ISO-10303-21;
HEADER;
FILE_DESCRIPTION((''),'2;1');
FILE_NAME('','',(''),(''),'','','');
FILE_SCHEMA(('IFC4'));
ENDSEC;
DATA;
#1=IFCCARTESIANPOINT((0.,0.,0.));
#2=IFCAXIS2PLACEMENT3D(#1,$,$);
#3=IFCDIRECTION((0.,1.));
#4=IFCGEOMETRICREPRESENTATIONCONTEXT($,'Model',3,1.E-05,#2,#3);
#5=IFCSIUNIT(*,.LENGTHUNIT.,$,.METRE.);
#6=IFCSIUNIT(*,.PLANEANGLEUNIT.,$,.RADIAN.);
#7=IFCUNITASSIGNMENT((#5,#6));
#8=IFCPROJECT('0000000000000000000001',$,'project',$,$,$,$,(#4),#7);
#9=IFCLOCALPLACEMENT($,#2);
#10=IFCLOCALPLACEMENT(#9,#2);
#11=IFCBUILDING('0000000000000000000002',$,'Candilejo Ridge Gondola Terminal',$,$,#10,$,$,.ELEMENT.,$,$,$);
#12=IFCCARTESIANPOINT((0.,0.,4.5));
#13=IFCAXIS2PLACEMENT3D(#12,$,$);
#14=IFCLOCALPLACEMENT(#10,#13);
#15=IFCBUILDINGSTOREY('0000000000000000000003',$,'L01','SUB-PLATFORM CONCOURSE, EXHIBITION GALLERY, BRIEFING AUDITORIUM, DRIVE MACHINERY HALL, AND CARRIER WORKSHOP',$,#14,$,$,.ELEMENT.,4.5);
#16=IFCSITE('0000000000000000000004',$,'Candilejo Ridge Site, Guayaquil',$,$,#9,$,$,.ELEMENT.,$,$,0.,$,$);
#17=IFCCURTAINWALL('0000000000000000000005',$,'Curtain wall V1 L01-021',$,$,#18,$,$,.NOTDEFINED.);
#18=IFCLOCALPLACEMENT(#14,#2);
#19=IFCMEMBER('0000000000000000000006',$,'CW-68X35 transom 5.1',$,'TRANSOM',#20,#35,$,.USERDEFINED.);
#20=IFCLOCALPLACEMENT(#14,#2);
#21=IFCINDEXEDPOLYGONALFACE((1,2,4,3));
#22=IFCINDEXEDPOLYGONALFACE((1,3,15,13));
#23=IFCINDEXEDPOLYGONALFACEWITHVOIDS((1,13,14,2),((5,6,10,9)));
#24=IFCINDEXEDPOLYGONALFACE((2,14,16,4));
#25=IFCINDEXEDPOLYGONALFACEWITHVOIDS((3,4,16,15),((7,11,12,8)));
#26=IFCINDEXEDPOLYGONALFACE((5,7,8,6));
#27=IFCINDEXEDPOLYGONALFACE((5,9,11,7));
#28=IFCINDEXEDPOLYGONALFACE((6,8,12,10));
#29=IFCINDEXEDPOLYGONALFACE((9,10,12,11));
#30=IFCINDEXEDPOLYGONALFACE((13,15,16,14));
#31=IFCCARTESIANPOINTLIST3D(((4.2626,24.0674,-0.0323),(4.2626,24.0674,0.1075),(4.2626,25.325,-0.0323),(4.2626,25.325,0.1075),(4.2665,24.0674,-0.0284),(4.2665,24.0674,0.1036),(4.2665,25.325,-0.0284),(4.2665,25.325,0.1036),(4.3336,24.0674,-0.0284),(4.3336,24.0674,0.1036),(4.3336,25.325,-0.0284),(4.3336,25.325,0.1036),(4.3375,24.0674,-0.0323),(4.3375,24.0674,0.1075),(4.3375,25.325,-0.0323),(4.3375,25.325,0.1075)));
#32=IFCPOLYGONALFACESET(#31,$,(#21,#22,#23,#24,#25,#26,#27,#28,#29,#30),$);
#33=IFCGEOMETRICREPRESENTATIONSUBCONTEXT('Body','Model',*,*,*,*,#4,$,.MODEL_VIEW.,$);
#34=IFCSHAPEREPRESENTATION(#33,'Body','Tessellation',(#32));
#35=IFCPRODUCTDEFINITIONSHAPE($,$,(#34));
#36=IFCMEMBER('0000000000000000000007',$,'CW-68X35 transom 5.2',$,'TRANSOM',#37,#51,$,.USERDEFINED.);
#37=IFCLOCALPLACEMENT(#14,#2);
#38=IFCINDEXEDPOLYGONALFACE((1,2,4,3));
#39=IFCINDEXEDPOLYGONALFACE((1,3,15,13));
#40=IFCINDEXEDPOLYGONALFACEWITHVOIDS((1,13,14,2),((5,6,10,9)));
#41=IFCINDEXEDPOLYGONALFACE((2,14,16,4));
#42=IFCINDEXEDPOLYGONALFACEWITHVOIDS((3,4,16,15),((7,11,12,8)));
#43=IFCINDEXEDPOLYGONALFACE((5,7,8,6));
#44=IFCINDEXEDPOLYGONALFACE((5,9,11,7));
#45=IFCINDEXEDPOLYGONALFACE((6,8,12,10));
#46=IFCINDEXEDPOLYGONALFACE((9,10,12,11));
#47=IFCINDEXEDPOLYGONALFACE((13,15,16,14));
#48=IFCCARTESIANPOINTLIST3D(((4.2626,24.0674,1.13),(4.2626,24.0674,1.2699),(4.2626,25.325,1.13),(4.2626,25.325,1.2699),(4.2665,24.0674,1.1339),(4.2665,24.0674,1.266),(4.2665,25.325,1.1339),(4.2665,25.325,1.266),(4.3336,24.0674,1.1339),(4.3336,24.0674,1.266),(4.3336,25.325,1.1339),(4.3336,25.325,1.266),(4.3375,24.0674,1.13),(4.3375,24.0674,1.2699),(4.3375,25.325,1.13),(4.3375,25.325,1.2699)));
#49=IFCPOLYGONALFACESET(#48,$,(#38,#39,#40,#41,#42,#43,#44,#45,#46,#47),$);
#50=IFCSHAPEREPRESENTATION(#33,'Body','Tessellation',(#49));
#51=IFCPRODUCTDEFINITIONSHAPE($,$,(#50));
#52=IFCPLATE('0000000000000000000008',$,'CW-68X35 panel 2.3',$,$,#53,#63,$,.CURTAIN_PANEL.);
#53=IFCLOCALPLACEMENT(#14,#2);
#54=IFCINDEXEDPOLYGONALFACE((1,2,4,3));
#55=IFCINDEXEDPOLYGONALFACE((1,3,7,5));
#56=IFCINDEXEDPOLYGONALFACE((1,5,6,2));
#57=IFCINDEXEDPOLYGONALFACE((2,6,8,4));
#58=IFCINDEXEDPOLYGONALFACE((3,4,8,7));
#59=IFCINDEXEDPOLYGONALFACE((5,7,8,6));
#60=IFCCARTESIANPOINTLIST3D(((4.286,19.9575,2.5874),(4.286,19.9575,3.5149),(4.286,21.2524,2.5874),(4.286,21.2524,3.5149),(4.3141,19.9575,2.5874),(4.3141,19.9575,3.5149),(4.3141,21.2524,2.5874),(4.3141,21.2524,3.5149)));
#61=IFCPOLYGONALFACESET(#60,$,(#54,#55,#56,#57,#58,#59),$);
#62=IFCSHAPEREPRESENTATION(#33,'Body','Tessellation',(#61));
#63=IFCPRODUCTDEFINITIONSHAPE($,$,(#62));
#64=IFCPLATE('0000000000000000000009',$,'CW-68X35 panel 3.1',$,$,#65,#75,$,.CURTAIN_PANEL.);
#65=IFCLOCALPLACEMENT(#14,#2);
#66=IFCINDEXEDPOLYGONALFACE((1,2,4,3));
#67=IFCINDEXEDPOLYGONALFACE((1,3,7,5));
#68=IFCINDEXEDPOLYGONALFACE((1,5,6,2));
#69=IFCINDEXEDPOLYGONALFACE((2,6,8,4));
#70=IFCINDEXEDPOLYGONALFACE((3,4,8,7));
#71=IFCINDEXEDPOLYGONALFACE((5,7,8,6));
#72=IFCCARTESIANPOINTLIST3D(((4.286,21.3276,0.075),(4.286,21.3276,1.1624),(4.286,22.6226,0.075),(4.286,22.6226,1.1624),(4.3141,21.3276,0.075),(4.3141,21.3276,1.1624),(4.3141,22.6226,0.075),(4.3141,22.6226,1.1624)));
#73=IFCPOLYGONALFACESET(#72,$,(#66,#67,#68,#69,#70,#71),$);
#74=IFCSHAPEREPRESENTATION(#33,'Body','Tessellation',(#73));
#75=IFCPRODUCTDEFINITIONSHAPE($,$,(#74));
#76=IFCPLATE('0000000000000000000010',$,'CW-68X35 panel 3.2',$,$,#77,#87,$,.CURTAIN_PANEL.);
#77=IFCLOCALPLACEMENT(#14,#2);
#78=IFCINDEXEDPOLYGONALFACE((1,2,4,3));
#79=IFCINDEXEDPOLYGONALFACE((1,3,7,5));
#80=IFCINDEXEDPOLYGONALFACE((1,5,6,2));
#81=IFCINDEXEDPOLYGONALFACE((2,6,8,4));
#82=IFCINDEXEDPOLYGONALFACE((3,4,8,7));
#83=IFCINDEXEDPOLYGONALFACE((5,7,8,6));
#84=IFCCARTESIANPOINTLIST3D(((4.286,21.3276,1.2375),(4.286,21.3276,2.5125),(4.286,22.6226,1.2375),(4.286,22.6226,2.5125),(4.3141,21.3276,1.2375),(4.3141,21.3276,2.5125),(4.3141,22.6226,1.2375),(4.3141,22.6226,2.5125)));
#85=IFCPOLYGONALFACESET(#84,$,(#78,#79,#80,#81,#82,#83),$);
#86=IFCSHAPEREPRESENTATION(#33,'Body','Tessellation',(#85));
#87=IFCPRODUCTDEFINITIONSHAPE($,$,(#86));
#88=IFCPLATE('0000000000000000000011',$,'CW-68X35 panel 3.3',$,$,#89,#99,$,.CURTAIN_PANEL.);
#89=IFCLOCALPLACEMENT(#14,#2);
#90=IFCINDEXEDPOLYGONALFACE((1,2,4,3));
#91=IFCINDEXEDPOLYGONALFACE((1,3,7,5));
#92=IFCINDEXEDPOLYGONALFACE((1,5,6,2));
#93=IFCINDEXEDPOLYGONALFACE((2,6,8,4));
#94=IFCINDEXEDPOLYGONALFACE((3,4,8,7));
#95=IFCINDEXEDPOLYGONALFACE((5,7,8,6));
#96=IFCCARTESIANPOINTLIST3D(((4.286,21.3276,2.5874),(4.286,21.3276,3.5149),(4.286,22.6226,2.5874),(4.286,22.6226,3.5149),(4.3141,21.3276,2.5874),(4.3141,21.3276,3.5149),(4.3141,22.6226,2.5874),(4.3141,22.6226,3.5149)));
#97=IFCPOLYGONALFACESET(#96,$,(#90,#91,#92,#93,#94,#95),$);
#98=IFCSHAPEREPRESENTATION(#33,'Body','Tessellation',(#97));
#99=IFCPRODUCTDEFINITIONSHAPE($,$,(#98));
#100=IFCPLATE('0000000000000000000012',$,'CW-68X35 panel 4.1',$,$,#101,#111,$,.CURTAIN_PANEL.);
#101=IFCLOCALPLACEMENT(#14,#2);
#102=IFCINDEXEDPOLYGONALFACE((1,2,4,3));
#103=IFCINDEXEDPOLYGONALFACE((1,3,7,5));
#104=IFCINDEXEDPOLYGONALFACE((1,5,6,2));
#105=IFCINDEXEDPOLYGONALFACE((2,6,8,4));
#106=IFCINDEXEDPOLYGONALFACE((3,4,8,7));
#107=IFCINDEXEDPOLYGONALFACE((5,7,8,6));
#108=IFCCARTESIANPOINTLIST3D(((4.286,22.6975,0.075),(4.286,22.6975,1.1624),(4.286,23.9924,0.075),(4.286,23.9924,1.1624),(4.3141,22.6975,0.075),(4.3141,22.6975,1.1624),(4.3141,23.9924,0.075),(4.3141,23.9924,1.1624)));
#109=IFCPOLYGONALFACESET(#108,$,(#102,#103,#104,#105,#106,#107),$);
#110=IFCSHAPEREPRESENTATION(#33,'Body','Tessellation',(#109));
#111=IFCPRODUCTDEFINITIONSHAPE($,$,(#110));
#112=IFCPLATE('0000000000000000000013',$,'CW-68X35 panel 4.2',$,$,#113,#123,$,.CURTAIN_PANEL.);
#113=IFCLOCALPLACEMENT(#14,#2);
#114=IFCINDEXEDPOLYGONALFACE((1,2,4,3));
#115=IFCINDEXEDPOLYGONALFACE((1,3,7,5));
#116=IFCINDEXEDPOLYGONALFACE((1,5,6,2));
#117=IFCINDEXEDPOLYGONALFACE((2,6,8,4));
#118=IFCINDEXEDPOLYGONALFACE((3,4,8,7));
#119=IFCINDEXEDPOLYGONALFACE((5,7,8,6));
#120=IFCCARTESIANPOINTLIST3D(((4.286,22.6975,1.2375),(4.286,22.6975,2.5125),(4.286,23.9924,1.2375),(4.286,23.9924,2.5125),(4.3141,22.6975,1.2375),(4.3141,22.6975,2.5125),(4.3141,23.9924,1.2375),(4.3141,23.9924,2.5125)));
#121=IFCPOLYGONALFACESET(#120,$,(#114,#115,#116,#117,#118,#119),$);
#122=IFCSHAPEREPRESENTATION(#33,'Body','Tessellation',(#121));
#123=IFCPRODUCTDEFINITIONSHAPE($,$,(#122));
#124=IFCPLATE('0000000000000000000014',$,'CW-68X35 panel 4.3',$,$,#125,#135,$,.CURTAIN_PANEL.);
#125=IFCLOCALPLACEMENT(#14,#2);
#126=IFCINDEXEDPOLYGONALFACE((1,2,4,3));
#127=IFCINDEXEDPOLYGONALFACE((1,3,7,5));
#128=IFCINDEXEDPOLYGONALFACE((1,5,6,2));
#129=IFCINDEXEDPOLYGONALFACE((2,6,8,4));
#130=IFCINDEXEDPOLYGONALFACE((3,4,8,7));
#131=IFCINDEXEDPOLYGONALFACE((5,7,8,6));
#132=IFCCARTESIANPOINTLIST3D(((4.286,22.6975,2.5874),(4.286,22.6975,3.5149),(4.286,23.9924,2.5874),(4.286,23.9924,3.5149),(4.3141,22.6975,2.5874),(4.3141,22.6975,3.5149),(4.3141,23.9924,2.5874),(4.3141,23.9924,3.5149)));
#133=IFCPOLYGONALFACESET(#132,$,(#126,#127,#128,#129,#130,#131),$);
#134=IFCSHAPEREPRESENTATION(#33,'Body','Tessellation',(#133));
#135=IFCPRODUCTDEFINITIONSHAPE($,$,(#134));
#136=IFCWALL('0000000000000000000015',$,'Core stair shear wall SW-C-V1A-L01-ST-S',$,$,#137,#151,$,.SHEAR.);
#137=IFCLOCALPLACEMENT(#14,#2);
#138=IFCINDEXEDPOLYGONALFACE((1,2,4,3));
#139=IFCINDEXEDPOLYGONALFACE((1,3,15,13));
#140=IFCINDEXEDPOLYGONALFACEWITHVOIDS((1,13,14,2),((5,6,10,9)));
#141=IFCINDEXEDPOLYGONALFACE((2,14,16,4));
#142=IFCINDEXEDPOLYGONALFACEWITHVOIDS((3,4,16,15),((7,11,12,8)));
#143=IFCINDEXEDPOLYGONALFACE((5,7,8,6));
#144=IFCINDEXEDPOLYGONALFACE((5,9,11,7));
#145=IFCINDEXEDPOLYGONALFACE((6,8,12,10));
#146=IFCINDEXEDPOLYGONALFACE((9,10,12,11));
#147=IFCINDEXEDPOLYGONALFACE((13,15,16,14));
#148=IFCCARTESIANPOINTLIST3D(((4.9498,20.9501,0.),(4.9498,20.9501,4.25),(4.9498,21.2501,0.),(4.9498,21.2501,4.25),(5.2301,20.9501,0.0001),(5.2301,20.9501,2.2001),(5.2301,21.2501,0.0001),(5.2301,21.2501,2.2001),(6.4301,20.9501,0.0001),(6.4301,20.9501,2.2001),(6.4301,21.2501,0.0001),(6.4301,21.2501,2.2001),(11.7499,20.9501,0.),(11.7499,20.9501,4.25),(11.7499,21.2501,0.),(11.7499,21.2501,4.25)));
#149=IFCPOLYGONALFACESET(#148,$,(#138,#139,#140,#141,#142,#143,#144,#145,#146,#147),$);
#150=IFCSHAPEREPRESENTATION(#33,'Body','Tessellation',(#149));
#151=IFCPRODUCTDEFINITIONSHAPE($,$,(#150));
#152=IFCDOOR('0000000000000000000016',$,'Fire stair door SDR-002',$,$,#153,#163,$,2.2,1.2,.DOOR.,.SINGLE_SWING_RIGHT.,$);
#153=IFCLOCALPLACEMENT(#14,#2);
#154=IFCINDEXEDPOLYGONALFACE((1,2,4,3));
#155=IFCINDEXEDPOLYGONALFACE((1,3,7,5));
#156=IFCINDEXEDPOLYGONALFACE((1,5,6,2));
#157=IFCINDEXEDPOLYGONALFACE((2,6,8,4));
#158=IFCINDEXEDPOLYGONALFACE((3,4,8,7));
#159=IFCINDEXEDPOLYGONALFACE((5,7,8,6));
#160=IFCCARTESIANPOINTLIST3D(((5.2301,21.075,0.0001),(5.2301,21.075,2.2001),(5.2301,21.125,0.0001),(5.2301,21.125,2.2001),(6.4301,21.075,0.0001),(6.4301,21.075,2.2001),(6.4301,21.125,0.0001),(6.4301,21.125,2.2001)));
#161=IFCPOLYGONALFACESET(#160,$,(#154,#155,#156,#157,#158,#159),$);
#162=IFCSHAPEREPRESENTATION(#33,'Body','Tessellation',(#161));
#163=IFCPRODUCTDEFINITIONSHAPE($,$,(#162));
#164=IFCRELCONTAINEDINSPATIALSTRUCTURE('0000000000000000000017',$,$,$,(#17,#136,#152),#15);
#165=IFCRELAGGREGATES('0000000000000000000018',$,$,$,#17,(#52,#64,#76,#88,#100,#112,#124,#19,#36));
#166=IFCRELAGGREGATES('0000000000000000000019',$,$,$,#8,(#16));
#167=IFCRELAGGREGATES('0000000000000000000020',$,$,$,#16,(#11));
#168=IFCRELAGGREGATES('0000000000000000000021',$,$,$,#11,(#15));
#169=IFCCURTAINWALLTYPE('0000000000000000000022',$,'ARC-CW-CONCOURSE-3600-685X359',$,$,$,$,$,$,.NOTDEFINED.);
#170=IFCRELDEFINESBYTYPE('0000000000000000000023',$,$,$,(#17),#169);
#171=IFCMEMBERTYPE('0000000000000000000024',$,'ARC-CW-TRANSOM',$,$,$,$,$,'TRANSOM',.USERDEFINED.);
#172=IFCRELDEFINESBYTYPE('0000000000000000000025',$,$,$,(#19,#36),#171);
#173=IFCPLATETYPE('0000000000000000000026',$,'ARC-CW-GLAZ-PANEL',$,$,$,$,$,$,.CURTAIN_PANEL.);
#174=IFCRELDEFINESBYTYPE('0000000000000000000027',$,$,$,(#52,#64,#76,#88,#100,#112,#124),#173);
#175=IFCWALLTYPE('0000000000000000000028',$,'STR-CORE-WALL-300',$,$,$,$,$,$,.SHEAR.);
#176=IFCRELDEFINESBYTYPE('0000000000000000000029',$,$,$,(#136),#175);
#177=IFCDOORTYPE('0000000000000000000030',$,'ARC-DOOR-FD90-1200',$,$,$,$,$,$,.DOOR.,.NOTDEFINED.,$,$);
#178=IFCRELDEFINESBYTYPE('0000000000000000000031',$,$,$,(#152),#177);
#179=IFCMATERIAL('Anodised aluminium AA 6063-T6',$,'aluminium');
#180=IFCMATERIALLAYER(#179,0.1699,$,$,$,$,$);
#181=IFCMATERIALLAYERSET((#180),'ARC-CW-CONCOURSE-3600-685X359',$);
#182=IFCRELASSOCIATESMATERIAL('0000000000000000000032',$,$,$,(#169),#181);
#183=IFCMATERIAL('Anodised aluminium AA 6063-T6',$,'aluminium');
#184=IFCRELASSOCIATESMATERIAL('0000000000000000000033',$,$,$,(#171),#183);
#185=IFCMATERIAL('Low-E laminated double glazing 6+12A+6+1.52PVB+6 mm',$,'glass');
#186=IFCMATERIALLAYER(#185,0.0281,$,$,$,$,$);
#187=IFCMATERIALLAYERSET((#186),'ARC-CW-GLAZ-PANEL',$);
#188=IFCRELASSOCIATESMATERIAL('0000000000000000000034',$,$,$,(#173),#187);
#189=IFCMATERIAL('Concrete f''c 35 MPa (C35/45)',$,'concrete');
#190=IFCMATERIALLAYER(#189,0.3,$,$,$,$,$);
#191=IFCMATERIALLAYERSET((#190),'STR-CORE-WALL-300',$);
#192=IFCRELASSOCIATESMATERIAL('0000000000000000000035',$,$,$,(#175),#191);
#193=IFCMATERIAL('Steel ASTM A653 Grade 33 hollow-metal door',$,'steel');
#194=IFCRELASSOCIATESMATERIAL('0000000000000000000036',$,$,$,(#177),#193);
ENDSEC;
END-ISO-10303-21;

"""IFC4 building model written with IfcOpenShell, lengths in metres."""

from ifc_helpers import new_model, si_unit, direction, frame, frame_2d, origin, origin_2d, place, context, subcontext, project, spatial, rectangle, hollow_rectangle, extrude, material, layer, layer_set, material_profile, profile_set, type_object, element, fill, aggregate, save


model = new_model("IFC4")

# Units and contexts
model_context = context("Model", 3, precision=1e-05, world=origin(), true_north=direction((0.0, 1.0)))
body_context = subcontext(model_context, "Body", "Model", "MODEL_VIEW")
ifc_project = project(units=[si_unit("LENGTHUNIT", "METRE"), si_unit("PLANEANGLEUNIT", "RADIAN")], contexts=[model_context])

# Site, building, storey
site_placement = place(None, origin())
site = spatial("IfcSite", under=ifc_project, at=site_placement, Name="Candilejo Ridge Site, Guayaquil", CompositionType="ELEMENT", RefElevation=0.0)
building_placement = place(site_placement, origin())
building = spatial("IfcBuilding", under=site, at=building_placement, Name="Candilejo Ridge Gondola Terminal", CompositionType="ELEMENT")
storey_placement = place(building_placement, frame((0.0, 0.0, 4.5)))
storey = spatial("IfcBuildingStorey", under=building, at=storey_placement, Name="L01", Description="SUB-PLATFORM CONCOURSE, EXHIBITION GALLERY, BRIEFING AUDITORIUM, DRIVE MACHINERY HALL, AND CARRIER WORKSHOP", CompositionType="ELEMENT", Elevation=4.5)

# Curtain wall, members, plates
ifc_material_1 = material(Name="Anodised aluminium AA 6063-T6", Category="aluminium")
ifc_layer_1 = layer(ifc_material_1, 0.1699)
ifc_layer_set_1 = layer_set([ifc_layer_1], Name="ARC-CW-CONCOURSE-3600-685X359")
curtain_wall_type = type_object("IfcCurtainWallType", Name="ARC-CW-CONCOURSE-3600-685X359", PredefinedType="NOTDEFINED", material=ifc_layer_set_1)
curtain_wall_placement = place(storey_placement, origin())
curtain_wall = element("IfcCurtainWall", 1, at=curtain_wall_placement, inside=storey, type_object=curtain_wall_type, Name="Curtain wall V1 L01-021", PredefinedType="NOTDEFINED")
ifc_material_2 = material(Name="Anodised aluminium AA 6063-T6", Category="aluminium")
ifc_material_profile_1 = material_profile(ifc_material_2, hollow_rectangle(XDim=0.075, YDim=0.1399, WallThickness=0.0039, at=origin_2d()))
ifc_profile_set_1 = profile_set([ifc_material_profile_1], Name="Anodised aluminium AA 6063-T6")
member_type_1 = type_object("IfcMemberType", Name="ARC-CW-TRANSOM", ElementType="TRANSOM", PredefinedType="USERDEFINED", material=ifc_profile_set_1)
member_1_placement = place(storey_placement, frame((4.3, 24.0674, 0.0376), z_axis=(0.0, 1.0, 0.0), x_axis=(-1.0, 0.0, 0.0)))
member_1 = element("IfcMember", 2, at=member_1_placement, type_object=member_type_1, Name="CW-68X35 transom 5.1", ObjectType="TRANSOM", PredefinedType="USERDEFINED", context=body_context, shape_type="SweptSolid", body=[
    extrude(hollow_rectangle(XDim=0.075, YDim=0.1399, WallThickness=0.0039, at=origin_2d()), origin(), (0.0, 0.0, 1.0), 1.2576),
])
member_2_placement = place(storey_placement, frame((4.3, 24.0674, 1.2), z_axis=(0.0, 1.0, 0.0), x_axis=(-1.0, 0.0, 0.0)))
member_2 = element("IfcMember", 3, at=member_2_placement, type_object=member_type_1, Name="CW-68X35 transom 5.2", ObjectType="TRANSOM", PredefinedType="USERDEFINED", context=body_context, shape_type="SweptSolid", body=[
    extrude(hollow_rectangle(XDim=0.075, YDim=0.1399, WallThickness=0.0039, at=origin_2d()), origin(), (0.0, 0.0, 1.0), 1.2576),
])
ifc_material_3 = material(Name="Low-E laminated double glazing 6+12A+6+1.52PVB+6 mm", Category="glass")
ifc_layer_2 = layer(ifc_material_3, 0.0281)
ifc_layer_set_2 = layer_set([ifc_layer_2], Name="ARC-CW-GLAZ-PANEL")
plate_type = type_object("IfcPlateType", Name="ARC-CW-GLAZ-PANEL", PredefinedType="CURTAIN_PANEL", material=ifc_layer_set_2)
plate_1_placement = place(storey_placement, frame((4.3, 20.605, 2.5874), z_axis=(0.0, 0.0, 1.0), x_axis=(0.0, 1.0, 0.0)))
plate_1 = element("IfcPlate", 4, at=plate_1_placement, type_object=plate_type, Name="CW-68X35 panel 2.3", PredefinedType="CURTAIN_PANEL", context=body_context, shape_type="SweptSolid", body=[
    extrude(rectangle(XDim=1.2949, YDim=0.0281, at=origin_2d()), origin(), (0.0, 0.0, 1.0), 0.9275),
])
plate_2_placement = place(storey_placement, frame((4.3, 21.9751, 0.075), z_axis=(0.0, 0.0, 1.0), x_axis=(0.0, 1.0, 0.0)))
plate_2 = element("IfcPlate", 5, at=plate_2_placement, type_object=plate_type, Name="CW-68X35 panel 3.1", PredefinedType="CURTAIN_PANEL", context=body_context, shape_type="SweptSolid", body=[
    extrude(rectangle(XDim=1.2949, YDim=0.0281, at=origin_2d()), origin(), (0.0, 0.0, 1.0), 1.0874),
])
plate_3_placement = place(storey_placement, frame((4.3, 21.9751, 1.2375), z_axis=(0.0, 0.0, 1.0), x_axis=(0.0, 1.0, 0.0)))
plate_3 = element("IfcPlate", 6, at=plate_3_placement, type_object=plate_type, Name="CW-68X35 panel 3.2", PredefinedType="CURTAIN_PANEL", context=body_context, shape_type="SweptSolid", body=[
    extrude(rectangle(XDim=1.2949, YDim=0.0281, at=origin_2d()), origin(), (0.0, 0.0, 1.0), 1.2749),
])
plate_4_placement = place(storey_placement, frame((4.3, 21.9751, 2.5874), z_axis=(0.0, 0.0, 1.0), x_axis=(0.0, 1.0, 0.0)))
plate_4 = element("IfcPlate", 7, at=plate_4_placement, type_object=plate_type, Name="CW-68X35 panel 3.3", PredefinedType="CURTAIN_PANEL", context=body_context, shape_type="SweptSolid", body=[
    extrude(rectangle(XDim=1.2949, YDim=0.0281, at=origin_2d()), origin(), (0.0, 0.0, 1.0), 0.9275),
])
plate_5_placement = place(storey_placement, frame((4.3, 23.345, 0.075), z_axis=(0.0, 0.0, 1.0), x_axis=(0.0, 1.0, 0.0)))
plate_5 = element("IfcPlate", 8, at=plate_5_placement, type_object=plate_type, Name="CW-68X35 panel 4.1", PredefinedType="CURTAIN_PANEL", context=body_context, shape_type="SweptSolid", body=[
    extrude(rectangle(XDim=1.2949, YDim=0.0281, at=origin_2d()), origin(), (0.0, 0.0, 1.0), 1.0874),
])
plate_6_placement = place(storey_placement, frame((4.3, 23.345, 1.2375), z_axis=(0.0, 0.0, 1.0), x_axis=(0.0, 1.0, 0.0)))
plate_6 = element("IfcPlate", 9, at=plate_6_placement, type_object=plate_type, Name="CW-68X35 panel 4.2", PredefinedType="CURTAIN_PANEL", context=body_context, shape_type="SweptSolid", body=[
    extrude(rectangle(XDim=1.2949, YDim=0.0281, at=origin_2d()), origin(), (0.0, 0.0, 1.0), 1.2749),
])
plate_7_placement = place(storey_placement, frame((4.3, 23.345, 2.5874), z_axis=(0.0, 0.0, 1.0), x_axis=(0.0, 1.0, 0.0)))
plate_7 = element("IfcPlate", 10, at=plate_7_placement, type_object=plate_type, Name="CW-68X35 panel 4.3", PredefinedType="CURTAIN_PANEL", context=body_context, shape_type="SweptSolid", body=[
    extrude(rectangle(XDim=1.2949, YDim=0.0281, at=origin_2d()), origin(), (0.0, 0.0, 1.0), 0.9275),
])
aggregate(curtain_wall, [plate_1, plate_2, plate_3, plate_4, plate_5, plate_6, plate_7, member_1, member_2])

# Wall, opening, door
ifc_material_4 = material(Name="Concrete f'c 35 MPa (C35/45)", Category="concrete")
ifc_layer_3 = layer(ifc_material_4, 0.3)
ifc_layer_set_3 = layer_set([ifc_layer_3], Name="STR-CORE-WALL-300")
wall_type = type_object("IfcWallType", Name="STR-CORE-WALL-300", PredefinedType="SHEAR", material=ifc_layer_set_3)
wall_placement = place(storey_placement, frame((4.95, 21.1001, 0.0), z_axis=(0.0, 0.0, 1.0), x_axis=(1.0, 0.0, 0.0)))
wall = element("IfcWall", 11, at=wall_placement, inside=storey, type_object=wall_type, Name="Core stair shear wall SW-C-V1A-L01-ST-S", PredefinedType="SHEAR", context=body_context, shape_type="SweptSolid", body=[
    extrude(rectangle(XDim=6.8, YDim=0.3, at=frame_2d((3.3999, 0.0))), origin(), (0.0, 0.0, 1.0), 4.25),
])
opening_placement = place(wall_placement, frame((0.28, 0.0, 0.0)))
opening = element("IfcOpeningElement", 12, at=opening_placement, cuts=wall, PredefinedType="OPENING", context=body_context, shape_type="SweptSolid", body=[
    extrude(rectangle(XDim=1.2, YDim=2.2, at=frame_2d((0.6001, 1.1001))), frame((0.0, 0.1599, 0.0), z_axis=(0.0, -1.0, 0.0), x_axis=(1.0, 0.0, 0.0)), (0.0, 0.0, 1.0), 0.3201),
])
ifc_material_5 = material(Name="Steel ASTM A653 Grade 33 hollow-metal door", Category="steel")
door_type = type_object("IfcDoorType", Name="ARC-DOOR-FD90-1200", OperationType="NOTDEFINED", PredefinedType="DOOR", material=ifc_material_5)
door_placement = place(opening_placement, origin())
door = element("IfcDoor", 13, at=door_placement, inside=storey, type_object=door_type, Name="Fire stair door SDR-002", OperationType="SINGLE_SWING_RIGHT", OverallHeight=2.2, OverallWidth=1.2, PredefinedType="DOOR", context=body_context, shape_type="SweptSolid", body=[
    extrude(rectangle(XDim=1.2, YDim=2.2, at=frame_2d((0.6001, 1.1001))), frame((0.0, 0.0249, 0.0), z_axis=(0.0, -1.0, 0.0), x_axis=(1.0, 0.0, 0.0)), (0.0, 0.0, 1.0), 0.05),
])
fill(opening, door)

save(model, "model.ifc")
